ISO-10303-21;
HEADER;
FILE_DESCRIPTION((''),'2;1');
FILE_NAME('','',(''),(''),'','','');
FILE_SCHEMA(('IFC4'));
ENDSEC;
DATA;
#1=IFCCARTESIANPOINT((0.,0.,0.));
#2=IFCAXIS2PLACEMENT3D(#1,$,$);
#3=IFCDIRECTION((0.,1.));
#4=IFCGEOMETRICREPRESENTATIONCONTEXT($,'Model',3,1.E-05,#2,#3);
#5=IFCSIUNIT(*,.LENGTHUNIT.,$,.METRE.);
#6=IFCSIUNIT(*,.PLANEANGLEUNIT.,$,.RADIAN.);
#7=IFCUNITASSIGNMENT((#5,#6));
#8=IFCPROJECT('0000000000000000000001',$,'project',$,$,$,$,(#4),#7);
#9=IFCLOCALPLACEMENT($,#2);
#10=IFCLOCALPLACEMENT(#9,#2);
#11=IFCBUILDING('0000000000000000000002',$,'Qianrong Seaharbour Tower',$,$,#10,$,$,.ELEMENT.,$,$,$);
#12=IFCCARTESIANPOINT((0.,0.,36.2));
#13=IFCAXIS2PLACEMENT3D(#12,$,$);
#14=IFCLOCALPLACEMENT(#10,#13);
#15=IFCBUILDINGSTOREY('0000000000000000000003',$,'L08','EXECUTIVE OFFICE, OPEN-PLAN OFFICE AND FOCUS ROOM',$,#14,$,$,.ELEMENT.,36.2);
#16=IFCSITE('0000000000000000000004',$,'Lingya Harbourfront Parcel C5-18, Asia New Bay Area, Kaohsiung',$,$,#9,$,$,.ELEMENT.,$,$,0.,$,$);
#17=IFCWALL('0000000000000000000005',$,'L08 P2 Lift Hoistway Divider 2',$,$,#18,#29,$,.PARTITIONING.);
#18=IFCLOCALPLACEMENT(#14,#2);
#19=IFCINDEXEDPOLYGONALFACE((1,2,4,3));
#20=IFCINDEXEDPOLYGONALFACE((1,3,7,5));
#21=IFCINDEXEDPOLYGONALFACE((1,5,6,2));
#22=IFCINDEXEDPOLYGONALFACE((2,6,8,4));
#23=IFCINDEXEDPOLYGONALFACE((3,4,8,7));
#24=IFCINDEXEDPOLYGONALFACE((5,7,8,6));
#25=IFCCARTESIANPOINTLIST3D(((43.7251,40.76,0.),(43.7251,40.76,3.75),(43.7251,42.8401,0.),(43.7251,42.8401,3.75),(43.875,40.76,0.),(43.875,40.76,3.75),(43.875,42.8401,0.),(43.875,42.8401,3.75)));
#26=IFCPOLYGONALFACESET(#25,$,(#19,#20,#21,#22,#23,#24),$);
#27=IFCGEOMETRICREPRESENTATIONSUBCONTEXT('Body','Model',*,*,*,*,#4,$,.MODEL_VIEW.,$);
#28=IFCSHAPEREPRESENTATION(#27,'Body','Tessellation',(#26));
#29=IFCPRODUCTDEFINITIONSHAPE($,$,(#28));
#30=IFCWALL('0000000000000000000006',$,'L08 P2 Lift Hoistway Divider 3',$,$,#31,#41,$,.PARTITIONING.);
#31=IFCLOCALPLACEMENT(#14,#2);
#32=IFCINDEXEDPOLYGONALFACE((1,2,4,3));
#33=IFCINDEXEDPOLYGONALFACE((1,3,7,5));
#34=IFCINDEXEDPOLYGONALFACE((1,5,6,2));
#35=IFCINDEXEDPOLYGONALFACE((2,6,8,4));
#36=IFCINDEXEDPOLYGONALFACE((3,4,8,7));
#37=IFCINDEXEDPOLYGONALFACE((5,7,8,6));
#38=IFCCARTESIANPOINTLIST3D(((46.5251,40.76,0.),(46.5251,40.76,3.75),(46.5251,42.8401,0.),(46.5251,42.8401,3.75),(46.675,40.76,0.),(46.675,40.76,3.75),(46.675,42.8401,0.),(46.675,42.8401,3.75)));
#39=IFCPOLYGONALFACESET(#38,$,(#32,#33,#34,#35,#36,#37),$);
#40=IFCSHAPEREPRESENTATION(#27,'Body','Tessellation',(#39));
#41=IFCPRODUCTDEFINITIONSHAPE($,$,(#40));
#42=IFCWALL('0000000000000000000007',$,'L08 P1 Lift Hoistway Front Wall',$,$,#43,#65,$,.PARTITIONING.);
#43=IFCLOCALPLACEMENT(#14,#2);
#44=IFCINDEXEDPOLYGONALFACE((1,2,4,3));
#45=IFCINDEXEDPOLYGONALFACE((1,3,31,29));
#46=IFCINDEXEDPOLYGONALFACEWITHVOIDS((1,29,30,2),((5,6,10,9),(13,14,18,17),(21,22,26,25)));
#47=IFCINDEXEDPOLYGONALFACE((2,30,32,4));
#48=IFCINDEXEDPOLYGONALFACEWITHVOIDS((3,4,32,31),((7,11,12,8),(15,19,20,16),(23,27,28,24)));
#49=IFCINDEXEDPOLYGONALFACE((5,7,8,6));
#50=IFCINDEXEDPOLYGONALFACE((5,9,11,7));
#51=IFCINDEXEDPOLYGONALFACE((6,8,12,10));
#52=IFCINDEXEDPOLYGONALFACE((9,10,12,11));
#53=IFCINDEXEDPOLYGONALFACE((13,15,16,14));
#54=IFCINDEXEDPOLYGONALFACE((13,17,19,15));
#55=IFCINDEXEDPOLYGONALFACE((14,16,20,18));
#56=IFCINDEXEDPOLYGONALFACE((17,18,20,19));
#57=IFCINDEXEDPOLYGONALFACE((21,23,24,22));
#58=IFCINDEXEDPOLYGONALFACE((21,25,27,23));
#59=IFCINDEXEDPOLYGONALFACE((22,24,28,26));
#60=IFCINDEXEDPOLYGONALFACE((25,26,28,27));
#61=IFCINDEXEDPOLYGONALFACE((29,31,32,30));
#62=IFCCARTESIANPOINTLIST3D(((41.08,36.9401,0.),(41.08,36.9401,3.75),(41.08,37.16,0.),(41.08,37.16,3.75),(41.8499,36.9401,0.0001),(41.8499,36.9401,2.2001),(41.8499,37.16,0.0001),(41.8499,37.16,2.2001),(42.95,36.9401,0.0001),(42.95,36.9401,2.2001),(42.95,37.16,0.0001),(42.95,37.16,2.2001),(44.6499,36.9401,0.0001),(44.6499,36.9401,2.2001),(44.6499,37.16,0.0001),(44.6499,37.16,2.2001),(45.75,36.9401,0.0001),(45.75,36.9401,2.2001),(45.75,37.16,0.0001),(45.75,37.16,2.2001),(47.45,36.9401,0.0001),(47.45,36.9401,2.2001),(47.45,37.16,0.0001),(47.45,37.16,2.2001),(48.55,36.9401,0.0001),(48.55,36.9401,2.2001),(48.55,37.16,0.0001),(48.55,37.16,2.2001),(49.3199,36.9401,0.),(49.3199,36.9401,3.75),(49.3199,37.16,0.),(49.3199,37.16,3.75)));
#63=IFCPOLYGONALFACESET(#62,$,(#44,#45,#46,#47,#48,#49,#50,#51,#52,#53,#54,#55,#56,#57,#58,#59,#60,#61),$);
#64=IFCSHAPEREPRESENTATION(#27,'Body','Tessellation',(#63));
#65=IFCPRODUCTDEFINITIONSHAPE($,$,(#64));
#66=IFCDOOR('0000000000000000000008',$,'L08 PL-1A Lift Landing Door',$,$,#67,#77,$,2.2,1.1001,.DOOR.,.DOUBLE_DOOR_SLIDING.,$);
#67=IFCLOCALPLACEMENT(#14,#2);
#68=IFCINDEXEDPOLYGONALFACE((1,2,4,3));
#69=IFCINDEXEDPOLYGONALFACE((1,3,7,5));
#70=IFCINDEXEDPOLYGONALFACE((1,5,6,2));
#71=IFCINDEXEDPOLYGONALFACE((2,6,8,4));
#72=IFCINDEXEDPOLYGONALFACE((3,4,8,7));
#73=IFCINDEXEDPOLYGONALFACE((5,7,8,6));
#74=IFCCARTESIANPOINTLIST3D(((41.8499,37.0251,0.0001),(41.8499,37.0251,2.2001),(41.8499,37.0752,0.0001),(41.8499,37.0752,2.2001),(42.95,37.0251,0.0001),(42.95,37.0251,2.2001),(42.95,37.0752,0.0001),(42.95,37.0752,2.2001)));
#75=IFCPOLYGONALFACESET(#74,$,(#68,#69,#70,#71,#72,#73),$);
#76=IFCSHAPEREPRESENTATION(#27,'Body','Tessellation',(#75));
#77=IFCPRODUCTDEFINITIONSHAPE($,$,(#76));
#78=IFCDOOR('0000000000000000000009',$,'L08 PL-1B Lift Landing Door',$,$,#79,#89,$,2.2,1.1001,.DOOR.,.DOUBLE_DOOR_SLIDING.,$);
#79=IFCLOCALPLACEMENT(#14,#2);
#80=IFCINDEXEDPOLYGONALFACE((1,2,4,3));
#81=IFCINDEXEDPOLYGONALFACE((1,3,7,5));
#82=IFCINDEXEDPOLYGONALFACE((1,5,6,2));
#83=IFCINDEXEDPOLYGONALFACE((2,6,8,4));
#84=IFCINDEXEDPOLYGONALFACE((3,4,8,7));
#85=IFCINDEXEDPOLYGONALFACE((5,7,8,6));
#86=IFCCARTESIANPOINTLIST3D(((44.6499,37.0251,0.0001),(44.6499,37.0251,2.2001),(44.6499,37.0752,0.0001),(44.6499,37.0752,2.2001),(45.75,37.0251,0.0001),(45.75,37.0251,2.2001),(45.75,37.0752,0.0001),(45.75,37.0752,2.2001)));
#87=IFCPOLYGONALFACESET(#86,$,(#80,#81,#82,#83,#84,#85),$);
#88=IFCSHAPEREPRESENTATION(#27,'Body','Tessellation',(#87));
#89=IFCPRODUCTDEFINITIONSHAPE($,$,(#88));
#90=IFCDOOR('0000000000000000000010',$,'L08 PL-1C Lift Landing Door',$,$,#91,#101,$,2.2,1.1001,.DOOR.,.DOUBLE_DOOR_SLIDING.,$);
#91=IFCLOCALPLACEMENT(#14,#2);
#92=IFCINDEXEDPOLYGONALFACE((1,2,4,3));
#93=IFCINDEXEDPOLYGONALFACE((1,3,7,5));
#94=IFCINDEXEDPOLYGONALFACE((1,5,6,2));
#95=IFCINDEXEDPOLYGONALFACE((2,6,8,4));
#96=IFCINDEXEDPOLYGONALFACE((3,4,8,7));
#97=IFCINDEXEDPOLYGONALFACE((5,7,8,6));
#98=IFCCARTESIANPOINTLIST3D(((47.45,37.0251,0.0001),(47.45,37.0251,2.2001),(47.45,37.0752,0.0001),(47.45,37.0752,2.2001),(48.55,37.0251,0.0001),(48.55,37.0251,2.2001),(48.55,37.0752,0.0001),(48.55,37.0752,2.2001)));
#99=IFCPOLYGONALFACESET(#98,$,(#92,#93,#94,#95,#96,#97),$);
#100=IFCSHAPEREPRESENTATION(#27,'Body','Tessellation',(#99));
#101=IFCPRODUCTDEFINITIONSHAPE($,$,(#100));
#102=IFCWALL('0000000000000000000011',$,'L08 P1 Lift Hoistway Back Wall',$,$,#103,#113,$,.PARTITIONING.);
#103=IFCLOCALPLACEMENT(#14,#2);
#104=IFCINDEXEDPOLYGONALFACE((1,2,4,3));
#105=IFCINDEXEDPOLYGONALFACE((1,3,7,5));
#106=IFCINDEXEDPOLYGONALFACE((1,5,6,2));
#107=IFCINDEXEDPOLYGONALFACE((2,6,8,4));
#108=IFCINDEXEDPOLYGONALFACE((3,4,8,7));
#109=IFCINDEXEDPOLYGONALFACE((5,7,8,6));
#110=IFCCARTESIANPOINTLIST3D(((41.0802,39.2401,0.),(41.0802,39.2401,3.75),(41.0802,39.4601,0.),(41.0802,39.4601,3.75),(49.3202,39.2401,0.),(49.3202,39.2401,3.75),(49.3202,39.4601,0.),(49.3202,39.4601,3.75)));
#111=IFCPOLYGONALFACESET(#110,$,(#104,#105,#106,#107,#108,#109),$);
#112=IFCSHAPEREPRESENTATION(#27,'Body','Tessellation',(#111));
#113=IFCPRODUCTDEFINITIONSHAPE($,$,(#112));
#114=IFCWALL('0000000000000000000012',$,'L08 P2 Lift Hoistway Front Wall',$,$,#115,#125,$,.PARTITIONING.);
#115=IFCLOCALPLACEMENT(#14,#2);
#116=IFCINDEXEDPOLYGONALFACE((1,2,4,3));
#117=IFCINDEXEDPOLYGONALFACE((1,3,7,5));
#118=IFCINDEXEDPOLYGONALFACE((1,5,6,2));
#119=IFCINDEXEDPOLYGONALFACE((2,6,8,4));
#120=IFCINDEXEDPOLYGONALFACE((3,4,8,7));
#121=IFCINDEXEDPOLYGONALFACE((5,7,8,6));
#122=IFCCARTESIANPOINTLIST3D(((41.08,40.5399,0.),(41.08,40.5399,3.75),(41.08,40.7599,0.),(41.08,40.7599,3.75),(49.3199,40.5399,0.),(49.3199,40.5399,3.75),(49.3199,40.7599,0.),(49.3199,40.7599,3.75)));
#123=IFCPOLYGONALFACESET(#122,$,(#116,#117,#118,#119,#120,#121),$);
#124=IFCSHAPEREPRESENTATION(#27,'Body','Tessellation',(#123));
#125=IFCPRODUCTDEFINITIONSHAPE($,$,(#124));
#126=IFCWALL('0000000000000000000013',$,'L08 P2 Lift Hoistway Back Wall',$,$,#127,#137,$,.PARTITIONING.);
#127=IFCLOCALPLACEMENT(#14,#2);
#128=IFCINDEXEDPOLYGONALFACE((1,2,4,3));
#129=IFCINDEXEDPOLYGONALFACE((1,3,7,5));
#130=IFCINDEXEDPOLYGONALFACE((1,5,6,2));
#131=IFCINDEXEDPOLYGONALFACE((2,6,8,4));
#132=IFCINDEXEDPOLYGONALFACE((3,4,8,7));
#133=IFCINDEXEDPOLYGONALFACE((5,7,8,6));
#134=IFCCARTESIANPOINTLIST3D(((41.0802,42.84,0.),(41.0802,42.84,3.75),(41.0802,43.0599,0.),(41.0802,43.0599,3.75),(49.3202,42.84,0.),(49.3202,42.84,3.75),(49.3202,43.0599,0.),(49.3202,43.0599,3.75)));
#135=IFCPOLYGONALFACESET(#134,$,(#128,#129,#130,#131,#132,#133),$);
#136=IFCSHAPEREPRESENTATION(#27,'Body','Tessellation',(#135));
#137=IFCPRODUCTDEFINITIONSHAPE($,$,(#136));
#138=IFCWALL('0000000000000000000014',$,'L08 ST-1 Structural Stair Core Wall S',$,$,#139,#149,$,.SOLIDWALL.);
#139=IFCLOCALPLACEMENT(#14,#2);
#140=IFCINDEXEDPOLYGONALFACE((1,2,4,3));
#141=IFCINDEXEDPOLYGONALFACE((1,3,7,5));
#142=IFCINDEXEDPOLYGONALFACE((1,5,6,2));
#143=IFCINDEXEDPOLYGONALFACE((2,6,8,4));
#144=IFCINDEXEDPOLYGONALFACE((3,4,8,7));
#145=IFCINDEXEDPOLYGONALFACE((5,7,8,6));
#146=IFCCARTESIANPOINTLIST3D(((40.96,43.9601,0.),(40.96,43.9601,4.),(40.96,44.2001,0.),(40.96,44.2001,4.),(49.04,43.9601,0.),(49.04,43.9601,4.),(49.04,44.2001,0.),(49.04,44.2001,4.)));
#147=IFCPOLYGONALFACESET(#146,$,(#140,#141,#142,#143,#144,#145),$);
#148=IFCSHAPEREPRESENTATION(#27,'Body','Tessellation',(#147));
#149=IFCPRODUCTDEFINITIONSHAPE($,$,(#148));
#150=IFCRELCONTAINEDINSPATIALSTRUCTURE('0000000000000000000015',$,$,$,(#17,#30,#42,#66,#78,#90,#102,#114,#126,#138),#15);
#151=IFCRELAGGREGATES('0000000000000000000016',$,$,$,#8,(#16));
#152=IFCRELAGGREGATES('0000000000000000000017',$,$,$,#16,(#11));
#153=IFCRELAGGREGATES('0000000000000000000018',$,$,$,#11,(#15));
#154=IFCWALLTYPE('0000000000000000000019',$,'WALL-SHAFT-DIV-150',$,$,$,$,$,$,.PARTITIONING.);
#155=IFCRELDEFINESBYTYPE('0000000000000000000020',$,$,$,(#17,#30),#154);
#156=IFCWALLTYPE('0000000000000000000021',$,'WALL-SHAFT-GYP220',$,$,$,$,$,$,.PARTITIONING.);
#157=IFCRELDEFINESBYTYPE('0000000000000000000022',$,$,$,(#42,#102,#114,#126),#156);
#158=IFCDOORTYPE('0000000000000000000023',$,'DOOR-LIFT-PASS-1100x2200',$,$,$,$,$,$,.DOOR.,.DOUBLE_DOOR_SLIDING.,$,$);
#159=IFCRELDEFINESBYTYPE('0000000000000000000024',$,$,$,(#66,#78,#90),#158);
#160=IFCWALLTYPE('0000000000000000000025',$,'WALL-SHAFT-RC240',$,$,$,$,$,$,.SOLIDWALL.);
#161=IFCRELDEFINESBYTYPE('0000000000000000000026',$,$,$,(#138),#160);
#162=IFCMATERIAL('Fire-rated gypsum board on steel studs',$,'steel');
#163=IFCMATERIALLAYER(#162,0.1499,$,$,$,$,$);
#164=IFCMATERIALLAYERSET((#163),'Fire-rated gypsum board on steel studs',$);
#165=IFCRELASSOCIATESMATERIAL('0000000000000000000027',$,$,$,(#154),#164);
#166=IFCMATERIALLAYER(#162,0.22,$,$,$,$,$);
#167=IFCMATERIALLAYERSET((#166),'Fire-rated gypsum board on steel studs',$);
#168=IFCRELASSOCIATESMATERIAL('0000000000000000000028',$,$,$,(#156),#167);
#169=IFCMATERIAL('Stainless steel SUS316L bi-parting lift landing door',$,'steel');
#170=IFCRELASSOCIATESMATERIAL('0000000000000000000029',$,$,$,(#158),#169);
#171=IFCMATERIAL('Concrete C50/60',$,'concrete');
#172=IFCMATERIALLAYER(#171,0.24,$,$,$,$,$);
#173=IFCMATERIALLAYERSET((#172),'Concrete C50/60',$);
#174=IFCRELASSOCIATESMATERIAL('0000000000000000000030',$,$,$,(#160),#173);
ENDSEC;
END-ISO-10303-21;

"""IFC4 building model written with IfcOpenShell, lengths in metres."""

from ifc_helpers import new_model, si_unit, direction, frame, frame_2d, origin, place, context, subcontext, project, spatial, rectangle, extrude, material, layer, layer_set, type_object, element, fill, save


model = new_model("IFC4")

# Units and contexts
model_context = context("Model", 3, precision=1e-05, world=origin(), true_north=direction((0.0, 1.0)))
body_context = subcontext(model_context, "Body", "Model", "MODEL_VIEW")
ifc_project = project(units=[si_unit("LENGTHUNIT", "METRE"), si_unit("PLANEANGLEUNIT", "RADIAN")], contexts=[model_context])

# Site, building, storey
site_placement = place(None, origin())
site = spatial("IfcSite", under=ifc_project, at=site_placement, Name="Lingya Harbourfront Parcel C5-18, Asia New Bay Area, Kaohsiung", CompositionType="ELEMENT", RefElevation=0.0)
building_placement = place(site_placement, origin())
building = spatial("IfcBuilding", under=site, at=building_placement, Name="Qianrong Seaharbour Tower", CompositionType="ELEMENT")
storey_placement = place(building_placement, frame((0.0, 0.0, 36.2)))
storey = spatial("IfcBuildingStorey", under=building, at=storey_placement, Name="L08", Description="EXECUTIVE OFFICE, OPEN-PLAN OFFICE AND FOCUS ROOM", CompositionType="ELEMENT", Elevation=36.2)

# Walls
ifc_material_1 = material(Name="Fire-rated gypsum board on steel studs", Category="steel")
ifc_layer_1 = layer(ifc_material_1, 0.1499)
ifc_layer_set_1 = layer_set([ifc_layer_1], Name="Fire-rated gypsum board on steel studs")
wall_type_1 = type_object("IfcWallType", Name="WALL-SHAFT-DIV-150", PredefinedType="PARTITIONING", material=ifc_layer_set_1)
for number, where, z_axis, x_axis, name in (
    (1, (43.8, 40.76, 0.0), (0.0, 0.0, 1.0), (0.0, 1.0, 0.0), "L08 P2 Lift Hoistway Divider 2"),
    (2, (46.6001, 40.76, 0.0), (0.0, 0.0, 1.0), (0.0, 1.0, 0.0), "L08 P2 Lift Hoistway Divider 3"),
):
    element("IfcWall", number, at=place(storey_placement, frame(where, z_axis=z_axis, x_axis=x_axis)), inside=storey, type_object=wall_type_1, Name=name, PredefinedType="PARTITIONING", context=body_context, shape_type="SweptSolid", body=[
        extrude(rectangle(XDim=2.0801, YDim=0.1499, at=frame_2d((1.04, 0.0))), origin(), (0.0, 0.0, 1.0), 3.75),
    ])

# Wall, openings, doors
ifc_layer_2 = layer(ifc_material_1, 0.22)
ifc_layer_set_2 = layer_set([ifc_layer_2], Name="Fire-rated gypsum board on steel studs")
wall_type_2 = type_object("IfcWallType", Name="WALL-SHAFT-GYP220", PredefinedType="PARTITIONING", material=ifc_layer_set_2)
wall_1_placement = place(storey_placement, frame((49.3201, 37.05, 0.0), z_axis=(0.0, 0.0, 1.0), x_axis=(-1.0, 0.0, 0.0)))
wall_1 = element("IfcWall", 3, at=wall_1_placement, inside=storey, type_object=wall_type_2, Name="L08 P1 Lift Hoistway Front Wall", PredefinedType="PARTITIONING", context=body_context, shape_type="SweptSolid", body=[
    extrude(rectangle(XDim=8.24, YDim=0.22, at=frame_2d((4.1201, 0.0))), origin(), (0.0, 0.0, 1.0), 3.75),
])
opening_1_placement = place(wall_1_placement, frame((6.3701, 0.0, 0.0)))
opening_1 = element("IfcOpeningElement", 4, at=opening_1_placement, cuts=wall_1, PredefinedType="OPENING", context=body_context, shape_type="SweptSolid", body=[
    extrude(rectangle(XDim=1.1001, YDim=2.2, at=frame_2d((0.55, 1.1001))), frame((0.0, 0.1201, 0.0), z_axis=(0.0, -1.0, 0.0), x_axis=(1.0, 0.0, 0.0)), (0.0, 0.0, 1.0), 0.24),
])
opening_2_placement = place(wall_1_placement, frame((3.5701, 0.0, 0.0)))
opening_2 = element("IfcOpeningElement", 5, at=opening_2_placement, cuts=wall_1, PredefinedType="OPENING", context=body_context, shape_type="SweptSolid", body=[
    extrude(rectangle(XDim=1.1001, YDim=2.2, at=frame_2d((0.55, 1.1001))), frame((0.0, 0.1201, 0.0), z_axis=(0.0, -1.0, 0.0), x_axis=(1.0, 0.0, 0.0)), (0.0, 0.0, 1.0), 0.24),
])
opening_3_placement = place(wall_1_placement, frame((0.77, 0.0, 0.0)))
opening_3 = element("IfcOpeningElement", 6, at=opening_3_placement, cuts=wall_1, PredefinedType="OPENING", context=body_context, shape_type="SweptSolid", body=[
    extrude(rectangle(XDim=1.1001, YDim=2.2, at=frame_2d((0.55, 1.1001))), frame((0.0, 0.1201, 0.0), z_axis=(0.0, -1.0, 0.0), x_axis=(1.0, 0.0, 0.0)), (0.0, 0.0, 1.0), 0.24),
])
ifc_material_2 = material(Name="Stainless steel SUS316L bi-parting lift landing door", Category="steel")
door_type_1 = type_object("IfcDoorType", Name="DOOR-LIFT-PASS-1100x2200", OperationType="DOUBLE_DOOR_SLIDING", PredefinedType="DOOR", material=ifc_material_2)
door_1_placement = place(opening_1_placement, origin())
door_1 = element("IfcDoor", 7, at=door_1_placement, inside=storey, type_object=door_type_1, Name="L08 PL-1A Lift Landing Door", OperationType="DOUBLE_DOOR_SLIDING", OverallHeight=2.2, OverallWidth=1.1001, PredefinedType="DOOR", context=body_context, shape_type="SweptSolid", body=[
    extrude(rectangle(XDim=1.1001, YDim=2.2, at=frame_2d((0.55, 1.1001))), frame((0.0, 0.0249, 0.0), z_axis=(0.0, -1.0, 0.0), x_axis=(1.0, 0.0, 0.0)), (0.0, 0.0, 1.0), 0.05),
])
fill(opening_1, door_1)
door_2_placement = place(opening_2_placement, origin())
door_2 = element("IfcDoor", 8, at=door_2_placement, inside=storey, type_object=door_type_1, Name="L08 PL-1B Lift Landing Door", OperationType="DOUBLE_DOOR_SLIDING", OverallHeight=2.2, OverallWidth=1.1001, PredefinedType="DOOR", context=body_context, shape_type="SweptSolid", body=[
    extrude(rectangle(XDim=1.1001, YDim=2.2, at=frame_2d((0.55, 1.1001))), frame((0.0, 0.0249, 0.0), z_axis=(0.0, -1.0, 0.0), x_axis=(1.0, 0.0, 0.0)), (0.0, 0.0, 1.0), 0.05),
])
fill(opening_2, door_2)
door_3_placement = place(opening_3_placement, origin())
door_3 = element("IfcDoor", 9, at=door_3_placement, inside=storey, type_object=door_type_1, Name="L08 PL-1C Lift Landing Door", OperationType="DOUBLE_DOOR_SLIDING", OverallHeight=2.2, OverallWidth=1.1001, PredefinedType="DOOR", context=body_context, shape_type="SweptSolid", body=[
    extrude(rectangle(XDim=1.1001, YDim=2.2, at=frame_2d((0.55, 1.1001))), frame((0.0, 0.0249, 0.0), z_axis=(0.0, -1.0, 0.0), x_axis=(1.0, 0.0, 0.0)), (0.0, 0.0, 1.0), 0.05),
])
fill(opening_3, door_3)

# Walls
for number, where, z_axis, x_axis, name in (
    (10, (41.0801, 39.3501, 0.0), (0.0, 0.0, 1.0), (1.0, 0.0, 0.0), "L08 P1 Lift Hoistway Back Wall"),
    (11, (49.3201, 40.6499, 0.0), (0.0, 0.0, 1.0), (-1.0, 0.0, 0.0), "L08 P2 Lift Hoistway Front Wall"),
    (12, (41.0801, 42.95, 0.0), (0.0, 0.0, 1.0), (1.0, 0.0, 0.0), "L08 P2 Lift Hoistway Back Wall"),
):
    element("IfcWall", number, at=place(storey_placement, frame(where, z_axis=z_axis, x_axis=x_axis)), inside=storey, type_object=wall_type_2, Name=name, PredefinedType="PARTITIONING", context=body_context, shape_type="SweptSolid", body=[
        extrude(rectangle(XDim=8.24, YDim=0.22, at=frame_2d((4.1201, 0.0))), origin(), (0.0, 0.0, 1.0), 3.75),
    ])
ifc_material_3 = material(Name="Concrete C50/60", Category="concrete")
ifc_layer_3 = layer(ifc_material_3, 0.24)
ifc_layer_set_3 = layer_set([ifc_layer_3], Name="Concrete C50/60")
wall_type_3 = type_object("IfcWallType", Name="WALL-SHAFT-RC240", PredefinedType="SOLIDWALL", material=ifc_layer_set_3)
wall_2_placement = place(storey_placement, frame((49.04, 44.0801, 0.0), z_axis=(0.0, 0.0, 1.0), x_axis=(-1.0, 0.0, 0.0)))
element("IfcWall", 13, at=wall_2_placement, inside=storey, type_object=wall_type_3, Name="L08 ST-1 Structural Stair Core Wall S", PredefinedType="SOLIDWALL", context=body_context, shape_type="SweptSolid", body=[
    extrude(rectangle(XDim=8.0801, YDim=0.24, at=frame_2d((4.04, 0.0))), origin(), (0.0, 0.0, 1.0), 4.0),
])

save(model, "model.ifc")
